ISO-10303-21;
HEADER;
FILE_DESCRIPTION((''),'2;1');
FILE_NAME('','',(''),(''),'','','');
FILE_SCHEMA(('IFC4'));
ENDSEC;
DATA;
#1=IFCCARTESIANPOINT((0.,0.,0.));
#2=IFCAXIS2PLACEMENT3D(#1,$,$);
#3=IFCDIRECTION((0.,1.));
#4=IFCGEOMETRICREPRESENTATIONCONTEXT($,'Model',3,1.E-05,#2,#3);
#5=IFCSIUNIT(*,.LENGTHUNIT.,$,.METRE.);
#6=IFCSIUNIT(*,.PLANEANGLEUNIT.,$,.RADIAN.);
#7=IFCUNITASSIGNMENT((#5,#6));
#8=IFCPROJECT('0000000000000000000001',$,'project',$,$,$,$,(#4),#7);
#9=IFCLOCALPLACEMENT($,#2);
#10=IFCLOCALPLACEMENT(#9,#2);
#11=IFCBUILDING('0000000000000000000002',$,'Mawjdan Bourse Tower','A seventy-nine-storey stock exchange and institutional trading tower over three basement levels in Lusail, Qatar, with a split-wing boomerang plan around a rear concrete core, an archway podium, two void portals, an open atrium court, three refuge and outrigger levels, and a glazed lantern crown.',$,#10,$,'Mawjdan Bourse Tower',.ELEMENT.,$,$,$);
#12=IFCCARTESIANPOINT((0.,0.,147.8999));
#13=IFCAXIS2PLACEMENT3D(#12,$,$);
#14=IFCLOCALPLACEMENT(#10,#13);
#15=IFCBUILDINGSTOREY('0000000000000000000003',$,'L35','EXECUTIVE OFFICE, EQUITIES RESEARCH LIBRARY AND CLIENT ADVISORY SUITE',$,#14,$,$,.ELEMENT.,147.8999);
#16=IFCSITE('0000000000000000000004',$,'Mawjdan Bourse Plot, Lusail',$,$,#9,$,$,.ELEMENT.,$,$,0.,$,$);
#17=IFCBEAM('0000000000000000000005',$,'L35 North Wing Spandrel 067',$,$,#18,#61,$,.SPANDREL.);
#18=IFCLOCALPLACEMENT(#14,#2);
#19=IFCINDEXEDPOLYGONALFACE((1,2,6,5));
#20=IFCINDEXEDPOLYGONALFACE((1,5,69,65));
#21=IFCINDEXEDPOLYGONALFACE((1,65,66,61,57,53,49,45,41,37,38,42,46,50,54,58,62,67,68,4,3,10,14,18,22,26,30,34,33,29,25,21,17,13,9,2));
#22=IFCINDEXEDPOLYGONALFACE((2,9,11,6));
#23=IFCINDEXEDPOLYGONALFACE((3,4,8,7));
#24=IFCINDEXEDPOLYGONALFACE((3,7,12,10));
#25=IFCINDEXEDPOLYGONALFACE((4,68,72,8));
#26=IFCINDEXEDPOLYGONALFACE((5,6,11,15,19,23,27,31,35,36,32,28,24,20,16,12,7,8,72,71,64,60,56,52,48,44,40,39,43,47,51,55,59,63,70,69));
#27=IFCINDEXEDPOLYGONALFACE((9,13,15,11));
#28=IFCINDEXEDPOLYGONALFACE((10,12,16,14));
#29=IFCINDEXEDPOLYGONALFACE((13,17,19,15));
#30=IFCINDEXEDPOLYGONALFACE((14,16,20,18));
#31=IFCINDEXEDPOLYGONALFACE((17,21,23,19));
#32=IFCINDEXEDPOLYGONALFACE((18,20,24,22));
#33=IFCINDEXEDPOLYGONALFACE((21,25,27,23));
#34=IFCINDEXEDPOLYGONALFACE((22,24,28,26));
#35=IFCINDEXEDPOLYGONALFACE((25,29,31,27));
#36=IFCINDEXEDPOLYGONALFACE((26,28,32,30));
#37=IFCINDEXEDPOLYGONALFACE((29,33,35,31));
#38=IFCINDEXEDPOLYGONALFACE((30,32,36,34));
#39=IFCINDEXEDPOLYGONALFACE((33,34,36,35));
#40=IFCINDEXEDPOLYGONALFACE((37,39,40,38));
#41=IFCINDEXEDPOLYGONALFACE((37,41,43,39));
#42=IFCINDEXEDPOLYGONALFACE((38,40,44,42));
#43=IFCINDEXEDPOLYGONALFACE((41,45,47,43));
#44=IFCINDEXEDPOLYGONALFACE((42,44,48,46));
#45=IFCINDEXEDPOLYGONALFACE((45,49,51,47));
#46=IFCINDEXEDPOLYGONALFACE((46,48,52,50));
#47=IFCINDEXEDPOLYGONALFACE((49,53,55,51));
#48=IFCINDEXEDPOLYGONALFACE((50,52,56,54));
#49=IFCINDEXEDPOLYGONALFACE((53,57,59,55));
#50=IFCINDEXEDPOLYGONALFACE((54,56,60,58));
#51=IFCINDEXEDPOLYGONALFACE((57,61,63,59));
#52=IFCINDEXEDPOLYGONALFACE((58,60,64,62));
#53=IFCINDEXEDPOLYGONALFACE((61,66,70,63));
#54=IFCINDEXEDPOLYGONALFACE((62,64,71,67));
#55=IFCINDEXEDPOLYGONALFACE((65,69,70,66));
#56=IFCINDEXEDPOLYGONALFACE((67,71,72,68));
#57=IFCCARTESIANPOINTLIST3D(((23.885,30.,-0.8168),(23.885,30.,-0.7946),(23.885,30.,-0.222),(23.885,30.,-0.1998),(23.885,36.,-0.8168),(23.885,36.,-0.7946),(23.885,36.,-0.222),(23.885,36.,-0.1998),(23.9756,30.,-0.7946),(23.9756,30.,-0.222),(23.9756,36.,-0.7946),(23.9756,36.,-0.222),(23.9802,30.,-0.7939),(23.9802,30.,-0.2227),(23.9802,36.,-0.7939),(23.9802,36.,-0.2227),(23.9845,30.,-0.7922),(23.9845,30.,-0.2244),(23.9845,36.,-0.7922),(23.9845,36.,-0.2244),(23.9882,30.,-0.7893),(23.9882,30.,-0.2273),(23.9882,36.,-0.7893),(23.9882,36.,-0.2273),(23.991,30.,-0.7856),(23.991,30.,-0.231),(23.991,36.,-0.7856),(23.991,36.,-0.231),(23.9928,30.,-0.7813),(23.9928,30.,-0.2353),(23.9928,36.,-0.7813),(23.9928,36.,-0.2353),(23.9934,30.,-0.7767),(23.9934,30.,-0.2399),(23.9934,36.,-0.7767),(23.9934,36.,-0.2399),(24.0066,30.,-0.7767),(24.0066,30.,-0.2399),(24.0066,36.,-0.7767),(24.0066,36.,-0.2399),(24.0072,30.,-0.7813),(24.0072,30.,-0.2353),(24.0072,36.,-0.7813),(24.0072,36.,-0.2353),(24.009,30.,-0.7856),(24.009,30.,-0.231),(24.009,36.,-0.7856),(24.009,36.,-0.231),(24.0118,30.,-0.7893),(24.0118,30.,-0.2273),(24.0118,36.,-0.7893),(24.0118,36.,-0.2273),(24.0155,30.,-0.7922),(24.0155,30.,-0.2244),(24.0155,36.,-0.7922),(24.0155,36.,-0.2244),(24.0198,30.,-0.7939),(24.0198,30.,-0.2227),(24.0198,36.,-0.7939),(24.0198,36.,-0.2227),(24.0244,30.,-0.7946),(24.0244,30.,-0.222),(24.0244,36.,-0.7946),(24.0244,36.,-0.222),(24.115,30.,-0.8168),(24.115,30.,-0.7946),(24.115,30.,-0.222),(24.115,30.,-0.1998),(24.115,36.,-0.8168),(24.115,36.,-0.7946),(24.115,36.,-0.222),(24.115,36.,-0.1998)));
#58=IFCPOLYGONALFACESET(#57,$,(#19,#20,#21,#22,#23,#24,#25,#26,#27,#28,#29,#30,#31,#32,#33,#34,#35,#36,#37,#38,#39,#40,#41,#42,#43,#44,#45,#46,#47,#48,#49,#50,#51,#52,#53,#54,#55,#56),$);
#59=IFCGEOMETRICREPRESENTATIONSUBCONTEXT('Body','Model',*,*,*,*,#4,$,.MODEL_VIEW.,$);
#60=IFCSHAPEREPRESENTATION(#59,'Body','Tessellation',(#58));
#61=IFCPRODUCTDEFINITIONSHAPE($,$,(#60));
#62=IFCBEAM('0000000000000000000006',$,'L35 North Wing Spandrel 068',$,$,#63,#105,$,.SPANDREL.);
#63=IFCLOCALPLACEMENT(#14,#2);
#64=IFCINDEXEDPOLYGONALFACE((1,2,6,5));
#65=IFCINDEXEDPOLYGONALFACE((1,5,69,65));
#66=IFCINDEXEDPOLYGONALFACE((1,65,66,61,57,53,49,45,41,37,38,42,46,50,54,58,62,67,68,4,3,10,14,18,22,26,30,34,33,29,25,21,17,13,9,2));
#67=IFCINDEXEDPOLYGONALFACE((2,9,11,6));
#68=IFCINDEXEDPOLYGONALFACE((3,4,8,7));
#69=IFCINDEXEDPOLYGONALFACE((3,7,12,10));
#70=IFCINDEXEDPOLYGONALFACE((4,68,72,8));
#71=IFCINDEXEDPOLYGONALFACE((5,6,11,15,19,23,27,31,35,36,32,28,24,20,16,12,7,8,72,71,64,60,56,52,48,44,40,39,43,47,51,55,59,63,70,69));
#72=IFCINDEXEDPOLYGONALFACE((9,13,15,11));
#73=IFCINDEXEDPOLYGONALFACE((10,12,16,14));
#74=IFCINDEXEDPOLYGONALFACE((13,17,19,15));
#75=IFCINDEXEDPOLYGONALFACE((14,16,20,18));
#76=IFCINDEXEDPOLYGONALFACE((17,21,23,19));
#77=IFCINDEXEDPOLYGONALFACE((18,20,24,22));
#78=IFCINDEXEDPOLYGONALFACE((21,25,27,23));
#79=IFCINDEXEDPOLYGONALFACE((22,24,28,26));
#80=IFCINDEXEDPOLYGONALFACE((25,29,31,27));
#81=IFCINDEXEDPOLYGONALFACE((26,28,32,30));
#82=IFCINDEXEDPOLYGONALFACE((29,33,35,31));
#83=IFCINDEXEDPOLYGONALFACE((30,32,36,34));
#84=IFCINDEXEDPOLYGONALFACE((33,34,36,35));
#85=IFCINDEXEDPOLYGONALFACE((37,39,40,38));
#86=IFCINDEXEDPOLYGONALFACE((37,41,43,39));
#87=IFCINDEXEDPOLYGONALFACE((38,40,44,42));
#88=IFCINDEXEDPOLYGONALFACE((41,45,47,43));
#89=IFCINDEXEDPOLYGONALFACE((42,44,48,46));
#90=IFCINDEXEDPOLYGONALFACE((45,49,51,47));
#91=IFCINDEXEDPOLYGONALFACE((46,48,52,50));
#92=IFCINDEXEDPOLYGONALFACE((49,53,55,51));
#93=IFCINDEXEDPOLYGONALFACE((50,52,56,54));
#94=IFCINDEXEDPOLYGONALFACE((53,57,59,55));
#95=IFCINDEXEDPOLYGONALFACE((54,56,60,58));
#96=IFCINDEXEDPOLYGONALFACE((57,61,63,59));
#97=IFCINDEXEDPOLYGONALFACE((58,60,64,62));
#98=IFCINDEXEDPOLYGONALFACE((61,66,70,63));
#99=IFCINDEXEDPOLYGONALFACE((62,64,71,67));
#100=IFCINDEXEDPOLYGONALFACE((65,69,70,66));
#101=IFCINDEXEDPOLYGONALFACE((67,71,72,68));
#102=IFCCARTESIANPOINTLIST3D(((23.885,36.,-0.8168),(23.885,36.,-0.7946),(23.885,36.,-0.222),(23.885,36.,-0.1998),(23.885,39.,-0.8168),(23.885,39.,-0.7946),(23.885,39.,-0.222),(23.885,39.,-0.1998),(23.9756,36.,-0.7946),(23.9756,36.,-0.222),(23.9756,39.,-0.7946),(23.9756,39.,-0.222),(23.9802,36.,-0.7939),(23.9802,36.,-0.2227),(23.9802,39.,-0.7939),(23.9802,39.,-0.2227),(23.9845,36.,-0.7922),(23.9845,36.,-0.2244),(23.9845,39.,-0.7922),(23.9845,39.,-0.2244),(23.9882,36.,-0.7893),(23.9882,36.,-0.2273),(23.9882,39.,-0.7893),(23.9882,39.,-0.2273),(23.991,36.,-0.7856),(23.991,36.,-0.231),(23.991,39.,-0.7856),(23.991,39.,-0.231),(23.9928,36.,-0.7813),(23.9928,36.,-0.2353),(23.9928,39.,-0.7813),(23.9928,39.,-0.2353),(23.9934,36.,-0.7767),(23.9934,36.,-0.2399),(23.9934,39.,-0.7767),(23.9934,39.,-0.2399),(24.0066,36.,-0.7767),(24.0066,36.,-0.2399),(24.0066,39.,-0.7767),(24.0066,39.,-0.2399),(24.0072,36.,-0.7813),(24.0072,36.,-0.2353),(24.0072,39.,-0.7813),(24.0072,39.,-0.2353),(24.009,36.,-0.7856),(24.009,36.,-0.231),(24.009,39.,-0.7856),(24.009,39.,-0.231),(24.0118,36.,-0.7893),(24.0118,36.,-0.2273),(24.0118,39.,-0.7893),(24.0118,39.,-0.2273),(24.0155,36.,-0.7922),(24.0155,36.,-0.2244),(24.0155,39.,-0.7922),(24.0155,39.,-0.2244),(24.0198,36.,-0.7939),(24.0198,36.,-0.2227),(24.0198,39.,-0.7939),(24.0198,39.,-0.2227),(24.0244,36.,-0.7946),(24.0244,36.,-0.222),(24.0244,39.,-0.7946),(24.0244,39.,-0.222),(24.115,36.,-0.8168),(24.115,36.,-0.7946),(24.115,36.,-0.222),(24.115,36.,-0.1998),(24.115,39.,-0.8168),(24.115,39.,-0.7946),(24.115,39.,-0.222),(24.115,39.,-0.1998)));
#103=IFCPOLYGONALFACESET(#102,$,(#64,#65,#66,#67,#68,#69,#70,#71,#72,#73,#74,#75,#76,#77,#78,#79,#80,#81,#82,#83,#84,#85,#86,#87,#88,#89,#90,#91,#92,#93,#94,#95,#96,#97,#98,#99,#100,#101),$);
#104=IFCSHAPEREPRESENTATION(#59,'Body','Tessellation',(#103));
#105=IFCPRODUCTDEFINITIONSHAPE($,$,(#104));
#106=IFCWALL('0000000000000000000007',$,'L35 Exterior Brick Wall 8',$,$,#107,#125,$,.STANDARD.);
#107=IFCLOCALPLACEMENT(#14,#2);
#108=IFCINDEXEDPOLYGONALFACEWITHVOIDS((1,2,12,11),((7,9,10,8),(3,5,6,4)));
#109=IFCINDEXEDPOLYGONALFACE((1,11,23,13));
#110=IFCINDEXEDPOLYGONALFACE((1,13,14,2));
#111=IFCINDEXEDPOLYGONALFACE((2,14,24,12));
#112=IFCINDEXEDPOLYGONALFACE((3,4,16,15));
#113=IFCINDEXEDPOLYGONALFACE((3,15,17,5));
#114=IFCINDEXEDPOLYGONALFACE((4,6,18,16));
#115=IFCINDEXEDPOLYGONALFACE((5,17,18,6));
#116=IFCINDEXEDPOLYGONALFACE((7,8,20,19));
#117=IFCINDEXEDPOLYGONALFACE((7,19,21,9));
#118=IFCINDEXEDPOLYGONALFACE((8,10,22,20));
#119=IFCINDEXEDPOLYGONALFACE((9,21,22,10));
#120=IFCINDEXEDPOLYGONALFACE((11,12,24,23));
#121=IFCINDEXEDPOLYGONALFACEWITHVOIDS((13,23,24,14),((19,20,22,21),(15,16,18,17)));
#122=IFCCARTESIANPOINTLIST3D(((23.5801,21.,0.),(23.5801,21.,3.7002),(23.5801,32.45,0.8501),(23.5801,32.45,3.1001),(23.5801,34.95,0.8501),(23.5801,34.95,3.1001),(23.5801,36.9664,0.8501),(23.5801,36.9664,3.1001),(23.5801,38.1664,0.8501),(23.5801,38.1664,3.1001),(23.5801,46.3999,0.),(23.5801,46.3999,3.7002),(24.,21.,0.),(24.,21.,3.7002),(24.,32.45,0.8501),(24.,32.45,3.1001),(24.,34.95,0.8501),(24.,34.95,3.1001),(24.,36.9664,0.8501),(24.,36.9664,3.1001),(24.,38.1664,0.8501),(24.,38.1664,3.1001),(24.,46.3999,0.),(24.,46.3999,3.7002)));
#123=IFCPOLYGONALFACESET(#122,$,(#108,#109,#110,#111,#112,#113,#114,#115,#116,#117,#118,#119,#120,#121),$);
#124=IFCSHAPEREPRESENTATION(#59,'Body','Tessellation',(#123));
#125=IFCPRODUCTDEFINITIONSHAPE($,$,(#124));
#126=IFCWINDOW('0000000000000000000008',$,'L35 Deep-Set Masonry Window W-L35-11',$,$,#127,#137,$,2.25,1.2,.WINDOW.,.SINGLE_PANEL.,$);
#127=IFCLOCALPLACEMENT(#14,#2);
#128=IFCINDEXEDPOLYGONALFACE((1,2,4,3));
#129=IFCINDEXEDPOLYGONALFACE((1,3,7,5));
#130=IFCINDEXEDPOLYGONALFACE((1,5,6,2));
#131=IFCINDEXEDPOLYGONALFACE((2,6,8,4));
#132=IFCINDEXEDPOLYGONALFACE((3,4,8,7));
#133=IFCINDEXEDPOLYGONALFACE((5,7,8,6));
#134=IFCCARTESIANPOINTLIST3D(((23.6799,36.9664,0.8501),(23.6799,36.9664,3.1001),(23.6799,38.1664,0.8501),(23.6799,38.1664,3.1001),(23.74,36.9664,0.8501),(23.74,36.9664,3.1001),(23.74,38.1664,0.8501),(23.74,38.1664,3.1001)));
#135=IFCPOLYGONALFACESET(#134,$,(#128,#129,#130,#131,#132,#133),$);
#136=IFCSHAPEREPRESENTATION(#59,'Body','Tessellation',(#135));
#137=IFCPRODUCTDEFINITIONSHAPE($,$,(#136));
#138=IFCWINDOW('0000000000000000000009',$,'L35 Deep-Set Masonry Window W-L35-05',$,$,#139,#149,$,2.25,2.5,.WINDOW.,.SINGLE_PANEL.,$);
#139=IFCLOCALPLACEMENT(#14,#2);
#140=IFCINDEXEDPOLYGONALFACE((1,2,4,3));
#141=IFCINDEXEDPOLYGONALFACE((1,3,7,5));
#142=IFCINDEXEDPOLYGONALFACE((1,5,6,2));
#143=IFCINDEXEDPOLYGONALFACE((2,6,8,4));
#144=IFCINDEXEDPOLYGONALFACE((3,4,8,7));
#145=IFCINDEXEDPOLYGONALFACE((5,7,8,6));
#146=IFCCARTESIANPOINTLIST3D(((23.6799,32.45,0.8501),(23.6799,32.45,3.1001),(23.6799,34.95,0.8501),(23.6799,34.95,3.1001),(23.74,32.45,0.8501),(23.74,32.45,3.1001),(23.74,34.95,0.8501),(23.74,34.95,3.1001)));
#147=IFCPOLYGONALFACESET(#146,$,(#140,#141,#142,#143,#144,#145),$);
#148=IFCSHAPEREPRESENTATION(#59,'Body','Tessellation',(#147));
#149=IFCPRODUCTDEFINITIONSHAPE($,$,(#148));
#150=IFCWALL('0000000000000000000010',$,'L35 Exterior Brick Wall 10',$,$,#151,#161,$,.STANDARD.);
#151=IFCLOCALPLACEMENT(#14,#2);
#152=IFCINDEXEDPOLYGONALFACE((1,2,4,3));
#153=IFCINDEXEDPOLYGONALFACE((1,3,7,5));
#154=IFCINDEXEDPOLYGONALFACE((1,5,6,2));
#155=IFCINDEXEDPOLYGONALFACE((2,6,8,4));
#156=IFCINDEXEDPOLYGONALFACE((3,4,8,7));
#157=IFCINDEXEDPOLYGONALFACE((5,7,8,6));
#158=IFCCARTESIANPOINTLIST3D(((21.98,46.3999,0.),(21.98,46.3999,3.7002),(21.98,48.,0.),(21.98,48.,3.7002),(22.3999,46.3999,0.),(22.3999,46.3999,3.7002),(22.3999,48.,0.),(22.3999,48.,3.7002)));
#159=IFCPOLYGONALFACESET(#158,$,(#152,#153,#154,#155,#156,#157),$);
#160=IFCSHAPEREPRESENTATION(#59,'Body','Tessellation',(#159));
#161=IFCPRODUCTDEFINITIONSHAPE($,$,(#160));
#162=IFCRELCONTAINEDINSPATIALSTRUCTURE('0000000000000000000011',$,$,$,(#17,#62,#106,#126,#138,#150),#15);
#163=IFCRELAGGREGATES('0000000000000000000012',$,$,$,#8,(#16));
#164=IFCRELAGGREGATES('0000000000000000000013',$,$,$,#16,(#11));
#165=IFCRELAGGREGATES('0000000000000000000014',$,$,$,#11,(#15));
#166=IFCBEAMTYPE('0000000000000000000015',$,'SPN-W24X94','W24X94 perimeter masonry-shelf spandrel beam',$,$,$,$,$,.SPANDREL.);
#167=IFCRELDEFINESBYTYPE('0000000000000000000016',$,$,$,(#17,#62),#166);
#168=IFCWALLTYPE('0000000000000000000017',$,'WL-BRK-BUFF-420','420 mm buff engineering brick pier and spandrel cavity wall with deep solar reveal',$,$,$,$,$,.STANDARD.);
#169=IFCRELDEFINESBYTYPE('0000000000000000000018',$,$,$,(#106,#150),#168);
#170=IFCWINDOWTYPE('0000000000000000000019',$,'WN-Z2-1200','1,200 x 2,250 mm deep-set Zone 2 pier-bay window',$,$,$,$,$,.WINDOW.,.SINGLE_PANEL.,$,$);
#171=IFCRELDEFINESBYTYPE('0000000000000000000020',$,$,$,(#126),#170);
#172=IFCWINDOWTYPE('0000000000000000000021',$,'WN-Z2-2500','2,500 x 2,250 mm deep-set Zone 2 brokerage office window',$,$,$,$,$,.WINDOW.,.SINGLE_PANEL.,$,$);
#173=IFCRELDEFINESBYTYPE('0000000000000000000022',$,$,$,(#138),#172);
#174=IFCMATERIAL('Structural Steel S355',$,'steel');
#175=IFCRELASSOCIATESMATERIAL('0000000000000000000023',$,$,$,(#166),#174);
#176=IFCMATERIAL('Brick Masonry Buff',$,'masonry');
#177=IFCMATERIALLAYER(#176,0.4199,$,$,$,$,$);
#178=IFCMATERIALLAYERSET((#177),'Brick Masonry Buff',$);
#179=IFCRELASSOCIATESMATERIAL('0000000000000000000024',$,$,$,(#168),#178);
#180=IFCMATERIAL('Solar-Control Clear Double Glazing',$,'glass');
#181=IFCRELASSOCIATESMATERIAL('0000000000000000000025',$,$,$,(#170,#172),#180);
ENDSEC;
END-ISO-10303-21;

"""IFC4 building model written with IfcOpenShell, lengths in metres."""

from ifc_helpers import new_model, si_unit, direction, frame, frame_2d, origin, origin_2d, place, context, subcontext, project, spatial, rectangle, i_section, extrude, material, layer, layer_set, material_profile, profile_set, type_object, element, fill, save


model = new_model("IFC4")

# Units and contexts
model_context = context("Model", 3, precision=1e-05, world=origin(), true_north=direction((0.0, 1.0)))
body_context = subcontext(model_context, "Body", "Model", "MODEL_VIEW")
ifc_project = project(units=[si_unit("LENGTHUNIT", "METRE"), si_unit("PLANEANGLEUNIT", "RADIAN")], contexts=[model_context])

# Site, building, storey
site_placement = place(None, origin())
site = spatial("IfcSite", under=ifc_project, at=site_placement, Name="Mawjdan Bourse Plot, Lusail", CompositionType="ELEMENT", RefElevation=0.0)
building_placement = place(site_placement, origin())
building = spatial("IfcBuilding", under=site, at=building_placement, Name="Mawjdan Bourse Tower", Description="A seventy-nine-storey stock exchange and institutional trading tower over three basement levels in Lusail, Qatar, with a split-wing boomerang plan around a rear concrete core, an archway podium, two void portals, an open atrium court, three refuge and outrigger levels, and a glazed lantern crown.", LongName="Mawjdan Bourse Tower", CompositionType="ELEMENT")
storey_placement = place(building_placement, frame((0.0, 0.0, 147.8999)))
storey = spatial("IfcBuildingStorey", under=building, at=storey_placement, Name="L35", Description="EXECUTIVE OFFICE, EQUITIES RESEARCH LIBRARY AND CLIENT ADVISORY SUITE", CompositionType="ELEMENT", Elevation=147.8999)

# Beams
ifc_material_1 = material(Name="Structural Steel S355", Category="steel")
ifc_material_profile_1 = material_profile(ifc_material_1, i_section(OverallWidth=0.23, OverallDepth=0.6169, WebThickness=0.0132, FlangeThickness=0.0222, FilletRadius=0.0178, at=origin_2d()), Name="W24X94")
ifc_profile_set_1 = profile_set([ifc_material_profile_1], Name="Structural Steel S355")
beam_type_1 = type_object("IfcBeamType", Name="SPN-W24X94", Description="W24X94 perimeter masonry-shelf spandrel beam", PredefinedType="SPANDREL", material=ifc_profile_set_1)
for number, where, z_axis, x_axis, name in (
    (1, (24.0, 30.0, -0.5083), (0.0, 1.0, 0.0), (-1.0, 0.0, 0.0), "L35 North Wing Spandrel 067"),
):
    element("IfcBeam", number, at=place(storey_placement, frame(where, z_axis=z_axis, x_axis=x_axis)), inside=storey, type_object=beam_type_1, Name=name, PredefinedType="SPANDREL", context=body_context, shape_type="SweptSolid", body=[
        extrude(i_section(OverallWidth=0.23, OverallDepth=0.6169, WebThickness=0.0132, FlangeThickness=0.0222, FilletRadius=0.0178, at=origin_2d()), origin(), (0.0, 0.0, 1.0), 6.0),
    ])
beam_1_placement = place(storey_placement, frame((24.0, 36.0, -0.5083), z_axis=(0.0, 1.0, 0.0), x_axis=(-1.0, 0.0, 0.0)))
element("IfcBeam", 2, at=beam_1_placement, inside=storey, type_object=beam_type_1, Name="L35 North Wing Spandrel 068", PredefinedType="SPANDREL", context=body_context, shape_type="SweptSolid", body=[
    extrude(i_section(OverallWidth=0.23, OverallDepth=0.6169, WebThickness=0.0132, FlangeThickness=0.0222, FilletRadius=0.0178, at=origin_2d()), origin(), (0.0, 0.0, 1.0), 3.0),
])

# Wall, openings, windows
ifc_material_2 = material(Name="Brick Masonry Buff", Category="masonry")
ifc_layer_1 = layer(ifc_material_2, 0.4199)
ifc_layer_set_1 = layer_set([ifc_layer_1], Name="Brick Masonry Buff")
wall_type_1 = type_object("IfcWallType", Name="WL-BRK-BUFF-420", Description="420 mm buff engineering brick pier and spandrel cavity wall with deep solar reveal", PredefinedType="STANDARD", material=ifc_layer_set_1)
wall_1_placement = place(storey_placement, frame((23.79, 21.0, 0.0), z_axis=(0.0, 0.0, 1.0), x_axis=(0.0, 1.0, 0.0)))
wall_1 = element("IfcWall", 3, at=wall_1_placement, inside=storey, type_object=wall_type_1, Name="L35 Exterior Brick Wall 8", PredefinedType="STANDARD", context=body_context, shape_type="SweptSolid", body=[
    extrude(rectangle(XDim=25.3999, YDim=0.4199, at=frame_2d((12.7, 0.0))), origin(), (0.0, 0.0, 1.0), 3.7002),
])
opening_1_placement = place(wall_1_placement, frame((11.45, 0.0, 0.8501)))
opening_1 = element("IfcOpeningElement", 4, at=opening_1_placement, cuts=wall_1, PredefinedType="OPENING", context=body_context, shape_type="SweptSolid", body=[
    extrude(rectangle(XDim=2.5, YDim=2.25, at=frame_2d((1.25, 1.125))), frame((0.0, 0.22, 0.0), z_axis=(0.0, -1.0, 0.0), x_axis=(1.0, 0.0, 0.0)), (0.0, 0.0, 1.0), 0.4399),
])
opening_2_placement = place(wall_1_placement, frame((15.9663, 0.0, 0.8501)))
opening_2 = element("IfcOpeningElement", 5, at=opening_2_placement, cuts=wall_1, PredefinedType="OPENING", context=body_context, shape_type="SweptSolid", body=[
    extrude(rectangle(XDim=1.2, YDim=2.25, at=frame_2d((0.6001, 1.125))), frame((0.0, 0.22, 0.0), z_axis=(0.0, -1.0, 0.0), x_axis=(1.0, 0.0, 0.0)), (0.0, 0.0, 1.0), 0.4399),
])
ifc_material_3 = material(Name="Solar-Control Clear Double Glazing", Category="glass")
window_type_1 = type_object("IfcWindowType", Name="WN-Z2-1200", Description="1,200 x 2,250 mm deep-set Zone 2 pier-bay window", PartitioningType="SINGLE_PANEL", PredefinedType="WINDOW", material=ifc_material_3)
window_1_placement = place(opening_2_placement, origin())
window_1 = element("IfcWindow", 6, at=window_1_placement, inside=storey, type_object=window_type_1, Name="L35 Deep-Set Masonry Window W-L35-11", OverallHeight=2.25, OverallWidth=1.2, PartitioningType="SINGLE_PANEL", PredefinedType="WINDOW", context=body_context, shape_type="SweptSolid", body=[
    extrude(rectangle(XDim=1.2, YDim=2.25, at=frame_2d((0.6001, 1.125))), frame((0.0, 0.1101, 0.0), z_axis=(0.0, -1.0, 0.0), x_axis=(1.0, 0.0, 0.0)), (0.0, 0.0, 1.0), 0.0601),
])
fill(opening_2, window_1)
window_type_2 = type_object("IfcWindowType", Name="WN-Z2-2500", Description="2,500 x 2,250 mm deep-set Zone 2 brokerage office window", PartitioningType="SINGLE_PANEL", PredefinedType="WINDOW", material=ifc_material_3)
window_2_placement = place(opening_1_placement, origin())
window_2 = element("IfcWindow", 7, at=window_2_placement, inside=storey, type_object=window_type_2, Name="L35 Deep-Set Masonry Window W-L35-05", OverallHeight=2.25, OverallWidth=2.5, PartitioningType="SINGLE_PANEL", PredefinedType="WINDOW", context=body_context, shape_type="SweptSolid", body=[
    extrude(rectangle(XDim=2.5, YDim=2.25, at=frame_2d((1.25, 1.125))), frame((0.0, 0.1101, 0.0), z_axis=(0.0, -1.0, 0.0), x_axis=(1.0, 0.0, 0.0)), (0.0, 0.0, 1.0), 0.0601),
])
fill(opening_1, window_2)

# Wall
wall_2_placement = place(storey_placement, frame((22.1899, 46.3999, 0.0), z_axis=(0.0, 0.0, 1.0), x_axis=(0.0, 1.0, 0.0)))
element("IfcWall", 8, at=wall_2_placement, inside=storey, type_object=wall_type_1, Name="L35 Exterior Brick Wall 10", PredefinedType="STANDARD", context=body_context, shape_type="SweptSolid", body=[
    extrude(rectangle(XDim=1.6001, YDim=0.4199, at=frame_2d((0.8, 0.0))), origin(), (0.0, 0.0, 1.0), 3.7002),
])

save(model, "model.ifc")
